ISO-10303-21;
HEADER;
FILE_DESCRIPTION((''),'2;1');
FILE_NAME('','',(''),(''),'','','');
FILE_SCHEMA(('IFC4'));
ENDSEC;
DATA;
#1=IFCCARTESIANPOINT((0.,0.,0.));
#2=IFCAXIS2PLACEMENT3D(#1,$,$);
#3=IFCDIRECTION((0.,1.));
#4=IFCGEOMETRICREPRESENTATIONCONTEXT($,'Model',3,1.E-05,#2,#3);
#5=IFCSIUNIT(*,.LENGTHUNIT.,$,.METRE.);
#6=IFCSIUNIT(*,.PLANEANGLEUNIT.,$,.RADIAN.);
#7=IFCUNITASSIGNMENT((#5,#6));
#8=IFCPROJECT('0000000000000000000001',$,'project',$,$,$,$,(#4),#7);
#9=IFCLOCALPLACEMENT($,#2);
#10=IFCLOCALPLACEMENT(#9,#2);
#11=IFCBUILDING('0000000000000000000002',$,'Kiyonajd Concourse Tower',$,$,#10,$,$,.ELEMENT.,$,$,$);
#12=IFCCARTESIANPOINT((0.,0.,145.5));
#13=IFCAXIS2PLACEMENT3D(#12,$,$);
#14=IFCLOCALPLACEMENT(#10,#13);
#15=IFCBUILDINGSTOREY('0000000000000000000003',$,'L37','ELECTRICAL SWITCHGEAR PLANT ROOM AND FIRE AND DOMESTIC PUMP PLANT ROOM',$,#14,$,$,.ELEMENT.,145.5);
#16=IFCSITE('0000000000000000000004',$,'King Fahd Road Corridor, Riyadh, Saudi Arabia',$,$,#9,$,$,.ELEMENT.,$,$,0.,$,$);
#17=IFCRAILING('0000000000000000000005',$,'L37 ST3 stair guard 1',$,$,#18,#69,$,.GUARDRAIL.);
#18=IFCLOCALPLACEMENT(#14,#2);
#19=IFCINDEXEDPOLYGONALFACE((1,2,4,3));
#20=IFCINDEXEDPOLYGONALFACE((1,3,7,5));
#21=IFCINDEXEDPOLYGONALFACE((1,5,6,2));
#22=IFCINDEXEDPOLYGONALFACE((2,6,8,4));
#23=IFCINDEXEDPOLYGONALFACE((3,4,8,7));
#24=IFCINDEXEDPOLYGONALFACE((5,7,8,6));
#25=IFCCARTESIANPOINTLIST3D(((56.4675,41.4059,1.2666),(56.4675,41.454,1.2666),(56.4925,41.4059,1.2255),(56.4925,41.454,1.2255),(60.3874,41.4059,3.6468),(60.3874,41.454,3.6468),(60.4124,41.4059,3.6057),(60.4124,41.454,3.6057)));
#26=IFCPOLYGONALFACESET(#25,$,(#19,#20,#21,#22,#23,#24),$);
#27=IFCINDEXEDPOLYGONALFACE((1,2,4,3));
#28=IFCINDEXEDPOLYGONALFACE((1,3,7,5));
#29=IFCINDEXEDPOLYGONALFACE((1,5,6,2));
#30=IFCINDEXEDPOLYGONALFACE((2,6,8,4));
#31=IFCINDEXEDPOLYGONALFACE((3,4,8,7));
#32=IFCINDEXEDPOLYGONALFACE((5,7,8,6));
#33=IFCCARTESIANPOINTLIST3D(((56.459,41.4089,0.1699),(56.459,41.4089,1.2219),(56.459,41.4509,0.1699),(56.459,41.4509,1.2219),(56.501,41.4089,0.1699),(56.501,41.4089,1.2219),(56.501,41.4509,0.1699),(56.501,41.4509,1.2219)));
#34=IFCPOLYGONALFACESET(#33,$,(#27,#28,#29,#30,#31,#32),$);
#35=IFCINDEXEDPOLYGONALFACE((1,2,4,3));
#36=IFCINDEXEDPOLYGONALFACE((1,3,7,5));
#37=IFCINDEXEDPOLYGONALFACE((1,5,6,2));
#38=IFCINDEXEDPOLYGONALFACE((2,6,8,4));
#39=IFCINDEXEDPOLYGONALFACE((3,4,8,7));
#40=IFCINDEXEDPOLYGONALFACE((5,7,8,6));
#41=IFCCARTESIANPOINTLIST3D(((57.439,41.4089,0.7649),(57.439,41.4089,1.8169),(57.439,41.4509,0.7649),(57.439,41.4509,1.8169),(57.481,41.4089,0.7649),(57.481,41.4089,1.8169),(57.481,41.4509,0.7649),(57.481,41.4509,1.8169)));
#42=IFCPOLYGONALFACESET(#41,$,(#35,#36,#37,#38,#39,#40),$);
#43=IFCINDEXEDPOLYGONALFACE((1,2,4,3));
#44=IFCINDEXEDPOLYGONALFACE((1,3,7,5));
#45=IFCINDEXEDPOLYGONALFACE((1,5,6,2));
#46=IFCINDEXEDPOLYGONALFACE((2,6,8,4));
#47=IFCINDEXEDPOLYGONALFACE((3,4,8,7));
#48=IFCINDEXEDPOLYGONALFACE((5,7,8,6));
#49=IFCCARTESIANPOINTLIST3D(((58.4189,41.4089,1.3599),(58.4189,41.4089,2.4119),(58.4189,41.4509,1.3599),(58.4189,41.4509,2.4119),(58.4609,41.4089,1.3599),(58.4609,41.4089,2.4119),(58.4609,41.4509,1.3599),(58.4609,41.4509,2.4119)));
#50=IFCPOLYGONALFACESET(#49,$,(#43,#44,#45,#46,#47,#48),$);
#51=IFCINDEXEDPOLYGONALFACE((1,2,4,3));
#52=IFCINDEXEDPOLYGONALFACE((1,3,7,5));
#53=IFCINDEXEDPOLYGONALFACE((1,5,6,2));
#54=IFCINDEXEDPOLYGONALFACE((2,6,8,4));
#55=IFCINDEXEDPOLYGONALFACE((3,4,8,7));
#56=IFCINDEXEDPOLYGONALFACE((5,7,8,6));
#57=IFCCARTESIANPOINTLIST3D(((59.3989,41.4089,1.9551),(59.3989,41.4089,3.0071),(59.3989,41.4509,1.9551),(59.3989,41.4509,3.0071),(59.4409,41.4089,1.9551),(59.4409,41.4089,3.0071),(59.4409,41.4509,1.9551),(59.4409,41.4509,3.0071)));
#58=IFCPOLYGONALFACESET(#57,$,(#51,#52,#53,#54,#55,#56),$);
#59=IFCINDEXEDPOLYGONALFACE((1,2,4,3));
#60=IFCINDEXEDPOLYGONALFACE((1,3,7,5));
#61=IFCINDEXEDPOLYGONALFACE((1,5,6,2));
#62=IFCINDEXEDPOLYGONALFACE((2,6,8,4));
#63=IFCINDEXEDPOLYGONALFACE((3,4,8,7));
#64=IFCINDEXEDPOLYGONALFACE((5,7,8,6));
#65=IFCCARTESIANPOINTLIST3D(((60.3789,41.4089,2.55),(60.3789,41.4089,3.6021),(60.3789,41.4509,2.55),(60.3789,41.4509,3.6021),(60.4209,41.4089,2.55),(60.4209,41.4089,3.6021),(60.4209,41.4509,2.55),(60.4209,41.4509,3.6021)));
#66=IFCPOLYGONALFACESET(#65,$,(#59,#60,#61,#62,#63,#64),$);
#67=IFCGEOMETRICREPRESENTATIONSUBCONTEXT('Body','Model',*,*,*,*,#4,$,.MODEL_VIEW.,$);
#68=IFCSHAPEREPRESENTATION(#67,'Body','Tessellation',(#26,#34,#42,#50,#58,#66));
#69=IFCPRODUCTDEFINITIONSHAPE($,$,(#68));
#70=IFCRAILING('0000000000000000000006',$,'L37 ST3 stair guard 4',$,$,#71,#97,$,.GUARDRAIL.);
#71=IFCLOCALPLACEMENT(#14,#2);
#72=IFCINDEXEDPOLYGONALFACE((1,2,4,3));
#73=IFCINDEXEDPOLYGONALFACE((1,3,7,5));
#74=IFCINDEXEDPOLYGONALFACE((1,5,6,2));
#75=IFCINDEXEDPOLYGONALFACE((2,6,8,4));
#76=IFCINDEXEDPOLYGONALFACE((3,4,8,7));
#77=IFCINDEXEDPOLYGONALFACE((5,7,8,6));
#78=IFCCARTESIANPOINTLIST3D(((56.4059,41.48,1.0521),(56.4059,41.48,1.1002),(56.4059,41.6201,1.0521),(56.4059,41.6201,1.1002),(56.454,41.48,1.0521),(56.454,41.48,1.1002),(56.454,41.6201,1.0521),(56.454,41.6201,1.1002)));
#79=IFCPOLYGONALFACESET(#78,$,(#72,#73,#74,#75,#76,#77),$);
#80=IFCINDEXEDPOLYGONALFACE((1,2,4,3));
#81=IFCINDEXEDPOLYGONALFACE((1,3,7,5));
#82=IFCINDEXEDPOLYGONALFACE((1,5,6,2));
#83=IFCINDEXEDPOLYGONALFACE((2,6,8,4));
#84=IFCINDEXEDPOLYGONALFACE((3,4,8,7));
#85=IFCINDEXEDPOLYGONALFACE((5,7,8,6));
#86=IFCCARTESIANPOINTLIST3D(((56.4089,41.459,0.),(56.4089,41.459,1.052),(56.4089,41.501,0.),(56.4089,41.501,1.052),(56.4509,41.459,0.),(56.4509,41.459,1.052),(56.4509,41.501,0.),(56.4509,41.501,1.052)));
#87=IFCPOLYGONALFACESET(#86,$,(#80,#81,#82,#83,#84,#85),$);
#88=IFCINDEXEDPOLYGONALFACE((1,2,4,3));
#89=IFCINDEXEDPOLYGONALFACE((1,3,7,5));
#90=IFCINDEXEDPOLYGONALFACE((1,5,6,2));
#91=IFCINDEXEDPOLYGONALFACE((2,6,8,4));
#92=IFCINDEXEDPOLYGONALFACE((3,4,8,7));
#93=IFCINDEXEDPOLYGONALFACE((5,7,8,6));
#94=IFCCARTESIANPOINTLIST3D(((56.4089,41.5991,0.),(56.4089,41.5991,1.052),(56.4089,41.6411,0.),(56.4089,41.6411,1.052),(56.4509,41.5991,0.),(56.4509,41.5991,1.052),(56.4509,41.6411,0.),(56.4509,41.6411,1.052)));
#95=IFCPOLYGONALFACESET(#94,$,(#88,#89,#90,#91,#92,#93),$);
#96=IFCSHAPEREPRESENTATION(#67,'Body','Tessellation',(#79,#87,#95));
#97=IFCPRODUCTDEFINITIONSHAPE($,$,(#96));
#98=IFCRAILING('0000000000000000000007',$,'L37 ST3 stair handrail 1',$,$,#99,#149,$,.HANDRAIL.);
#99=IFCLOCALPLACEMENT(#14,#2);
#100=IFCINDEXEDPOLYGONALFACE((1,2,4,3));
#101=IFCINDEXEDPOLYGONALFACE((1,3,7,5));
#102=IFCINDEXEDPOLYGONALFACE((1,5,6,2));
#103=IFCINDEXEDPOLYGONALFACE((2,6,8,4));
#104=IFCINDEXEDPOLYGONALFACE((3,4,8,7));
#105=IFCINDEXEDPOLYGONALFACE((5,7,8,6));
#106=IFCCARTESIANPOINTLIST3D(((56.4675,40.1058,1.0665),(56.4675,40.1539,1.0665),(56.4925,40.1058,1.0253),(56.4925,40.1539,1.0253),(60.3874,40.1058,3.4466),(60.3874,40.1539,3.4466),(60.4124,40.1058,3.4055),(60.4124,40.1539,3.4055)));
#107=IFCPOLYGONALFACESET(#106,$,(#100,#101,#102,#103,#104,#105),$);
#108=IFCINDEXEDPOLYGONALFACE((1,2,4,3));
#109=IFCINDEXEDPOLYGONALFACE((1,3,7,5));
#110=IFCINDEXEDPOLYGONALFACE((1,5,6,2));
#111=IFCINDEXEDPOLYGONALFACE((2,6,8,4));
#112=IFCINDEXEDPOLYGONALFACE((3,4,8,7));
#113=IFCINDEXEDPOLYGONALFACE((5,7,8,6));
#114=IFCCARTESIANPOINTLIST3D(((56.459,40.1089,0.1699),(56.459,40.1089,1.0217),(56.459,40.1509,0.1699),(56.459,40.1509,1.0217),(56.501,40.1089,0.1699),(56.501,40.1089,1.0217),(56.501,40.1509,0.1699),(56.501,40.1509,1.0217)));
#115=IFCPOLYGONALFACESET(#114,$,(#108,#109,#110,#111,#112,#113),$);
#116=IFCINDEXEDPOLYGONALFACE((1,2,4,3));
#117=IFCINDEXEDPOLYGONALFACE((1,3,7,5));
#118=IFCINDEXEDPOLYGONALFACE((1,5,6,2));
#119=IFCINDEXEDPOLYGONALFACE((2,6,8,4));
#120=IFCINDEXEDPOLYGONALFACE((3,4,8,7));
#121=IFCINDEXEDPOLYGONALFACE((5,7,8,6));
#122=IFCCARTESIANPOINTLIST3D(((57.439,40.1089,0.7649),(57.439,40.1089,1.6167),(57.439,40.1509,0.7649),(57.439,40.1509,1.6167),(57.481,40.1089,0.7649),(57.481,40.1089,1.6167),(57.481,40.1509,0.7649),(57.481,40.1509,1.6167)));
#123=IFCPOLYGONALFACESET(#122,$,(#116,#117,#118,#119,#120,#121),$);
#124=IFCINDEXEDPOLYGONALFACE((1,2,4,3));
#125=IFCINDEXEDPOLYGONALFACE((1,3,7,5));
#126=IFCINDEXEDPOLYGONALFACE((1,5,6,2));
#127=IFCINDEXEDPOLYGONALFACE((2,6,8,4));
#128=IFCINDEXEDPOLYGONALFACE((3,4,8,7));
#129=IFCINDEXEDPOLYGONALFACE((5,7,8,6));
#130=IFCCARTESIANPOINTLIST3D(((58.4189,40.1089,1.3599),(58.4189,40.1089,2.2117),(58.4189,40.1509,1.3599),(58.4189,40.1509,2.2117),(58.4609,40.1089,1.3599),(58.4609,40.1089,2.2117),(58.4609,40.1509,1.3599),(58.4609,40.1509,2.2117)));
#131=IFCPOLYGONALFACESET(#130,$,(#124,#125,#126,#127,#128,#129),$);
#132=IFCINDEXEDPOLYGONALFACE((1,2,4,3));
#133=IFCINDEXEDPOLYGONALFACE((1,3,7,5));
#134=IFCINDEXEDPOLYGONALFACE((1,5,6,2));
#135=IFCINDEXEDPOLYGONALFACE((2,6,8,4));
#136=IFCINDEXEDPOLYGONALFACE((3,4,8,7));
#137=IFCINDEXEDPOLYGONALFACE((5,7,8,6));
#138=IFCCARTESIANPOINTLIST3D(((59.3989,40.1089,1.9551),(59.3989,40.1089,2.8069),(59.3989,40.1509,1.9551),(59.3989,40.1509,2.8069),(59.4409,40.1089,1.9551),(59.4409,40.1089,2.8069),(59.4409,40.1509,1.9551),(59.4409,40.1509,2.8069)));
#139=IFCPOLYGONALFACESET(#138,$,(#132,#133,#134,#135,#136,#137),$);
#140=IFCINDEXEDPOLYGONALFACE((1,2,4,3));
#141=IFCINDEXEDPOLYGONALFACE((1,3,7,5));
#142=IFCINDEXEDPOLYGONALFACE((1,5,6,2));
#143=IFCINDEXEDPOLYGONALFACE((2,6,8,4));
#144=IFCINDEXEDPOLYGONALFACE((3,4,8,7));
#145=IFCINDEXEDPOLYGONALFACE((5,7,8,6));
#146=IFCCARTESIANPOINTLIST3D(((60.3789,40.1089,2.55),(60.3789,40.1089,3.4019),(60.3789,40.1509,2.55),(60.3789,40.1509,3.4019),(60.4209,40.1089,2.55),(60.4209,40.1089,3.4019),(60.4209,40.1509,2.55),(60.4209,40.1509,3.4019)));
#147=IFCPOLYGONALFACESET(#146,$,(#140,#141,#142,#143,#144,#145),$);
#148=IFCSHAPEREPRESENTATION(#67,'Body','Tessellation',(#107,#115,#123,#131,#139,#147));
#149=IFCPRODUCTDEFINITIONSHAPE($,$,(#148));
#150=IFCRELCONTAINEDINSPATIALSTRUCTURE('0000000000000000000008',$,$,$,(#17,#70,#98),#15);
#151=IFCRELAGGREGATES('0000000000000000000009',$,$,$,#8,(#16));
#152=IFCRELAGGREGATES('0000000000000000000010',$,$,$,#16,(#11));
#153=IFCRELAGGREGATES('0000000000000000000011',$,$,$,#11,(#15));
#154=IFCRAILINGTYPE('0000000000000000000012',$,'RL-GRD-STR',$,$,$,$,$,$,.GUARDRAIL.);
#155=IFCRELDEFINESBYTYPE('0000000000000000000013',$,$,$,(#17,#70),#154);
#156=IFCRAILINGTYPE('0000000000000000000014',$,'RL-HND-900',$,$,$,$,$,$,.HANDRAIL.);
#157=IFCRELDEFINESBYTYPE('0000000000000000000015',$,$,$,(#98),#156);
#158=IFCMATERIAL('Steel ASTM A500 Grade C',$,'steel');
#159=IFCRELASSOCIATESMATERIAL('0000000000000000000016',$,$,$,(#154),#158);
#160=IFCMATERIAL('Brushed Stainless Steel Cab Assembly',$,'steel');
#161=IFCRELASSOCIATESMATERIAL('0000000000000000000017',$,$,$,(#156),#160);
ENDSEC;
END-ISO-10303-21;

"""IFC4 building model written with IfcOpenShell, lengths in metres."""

from ifc_helpers import new_model, si_unit, direction, frame, origin, origin_2d, place, context, subcontext, project, spatial, rectangle, extrude, material, type_object, element, save


model = new_model("IFC4")

# Units and contexts
model_context = context("Model", 3, precision=1e-05, world=origin(), true_north=direction((0.0, 1.0)))
body_context = subcontext(model_context, "Body", "Model", "MODEL_VIEW")
ifc_project = project(units=[si_unit("LENGTHUNIT", "METRE"), si_unit("PLANEANGLEUNIT", "RADIAN")], contexts=[model_context])

# Site, building, storey
site_placement = place(None, origin())
site = spatial("IfcSite", under=ifc_project, at=site_placement, Name="King Fahd Road Corridor, Riyadh, Saudi Arabia", CompositionType="ELEMENT", RefElevation=0.0)
building_placement = place(site_placement, origin())
building = spatial("IfcBuilding", under=site, at=building_placement, Name="Kiyonajd Concourse Tower", CompositionType="ELEMENT")
storey_placement = place(building_placement, frame((0.0, 0.0, 145.5)))
storey = spatial("IfcBuildingStorey", under=building, at=storey_placement, Name="L37", Description="ELECTRICAL SWITCHGEAR PLANT ROOM AND FIRE AND DOMESTIC PUMP PLANT ROOM", CompositionType="ELEMENT", Elevation=145.5)

# Shared definitions
ifc_material_1 = material(Name="Brushed Stainless Steel Cab Assembly", Category="steel")

# Railings
ifc_material_2 = material(Name="Steel ASTM A500 Grade C", Category="steel")
railing_type_1 = type_object("IfcRailingType", Name="RL-GRD-STR", PredefinedType="GUARDRAIL", material=ifc_material_2)
railing_1_placement = place(storey_placement, frame((56.48, 41.4299, 0.1699)))
element("IfcRailing", 1, at=railing_1_placement, inside=storey, type_object=railing_type_1, Name="L37 ST3 stair guard 1", PredefinedType="GUARDRAIL", context=body_context, shape_type="SweptSolid", body=[
    extrude(rectangle(XDim=0.0481, YDim=0.0481, at=origin_2d()), frame((0.0, 0.0, 1.0762), z_axis=(0.854771, 0.0, 0.519006), x_axis=(0.0, 1.0, 0.0)), (0.0, 0.0, 1.0), 4.5859),
    extrude(rectangle(XDim=0.042, YDim=0.042, at=origin_2d()), origin(), (0.0, 0.0, 1.0), 1.052),
    extrude(rectangle(XDim=0.042, YDim=0.042, at=origin_2d()), frame((0.98, 0.0, 0.595)), (0.0, 0.0, 1.0), 1.052),
    extrude(rectangle(XDim=0.042, YDim=0.042, at=origin_2d()), frame((1.96, 0.0, 1.1899)), (0.0, 0.0, 1.0), 1.052),
    extrude(rectangle(XDim=0.042, YDim=0.042, at=origin_2d()), frame((2.9399, 0.0, 1.7852)), (0.0, 0.0, 1.0), 1.052),
    extrude(rectangle(XDim=0.042, YDim=0.042, at=origin_2d()), frame((3.9199, 0.0, 2.3801)), (0.0, 0.0, 1.0), 1.052),
])
railing_2_placement = place(storey_placement, frame((56.4299, 41.48, 0.0)))
element("IfcRailing", 2, at=railing_2_placement, inside=storey, type_object=railing_type_1, Name="L37 ST3 stair guard 4", PredefinedType="GUARDRAIL", context=body_context, shape_type="SweptSolid", body=[
    extrude(rectangle(XDim=0.0481, YDim=0.0481, at=origin_2d()), frame((0.0, 0.0, 1.0762), z_axis=(0.0, 1.0, 0.0), x_axis=(-1.0, 0.0, 0.0)), (0.0, 0.0, 1.0), 0.1401),
    extrude(rectangle(XDim=0.042, YDim=0.042, at=origin_2d()), origin(), (0.0, 0.0, 1.0), 1.052),
    extrude(rectangle(XDim=0.042, YDim=0.042, at=origin_2d()), frame((0.0, 0.1401, 0.0)), (0.0, 0.0, 1.0), 1.052),
])
railing_type_2 = type_object("IfcRailingType", Name="RL-HND-900", PredefinedType="HANDRAIL", material=ifc_material_1)
railing_3_placement = place(storey_placement, frame((56.48, 40.1299, 0.1699)))
element("IfcRailing", 3, at=railing_3_placement, inside=storey, type_object=railing_type_2, Name="L37 ST3 stair handrail 1", PredefinedType="HANDRAIL", context=body_context, shape_type="SweptSolid", body=[
    extrude(rectangle(XDim=0.0481, YDim=0.0481, at=origin_2d()), frame((0.0, 0.0, 0.876), z_axis=(0.854771, 0.0, 0.519006), x_axis=(0.0, 1.0, 0.0)), (0.0, 0.0, 1.0), 4.5859),
    extrude(rectangle(XDim=0.042, YDim=0.042, at=origin_2d()), origin(), (0.0, 0.0, 1.0), 0.8518),
    extrude(rectangle(XDim=0.042, YDim=0.042, at=origin_2d()), frame((0.98, 0.0, 0.595)), (0.0, 0.0, 1.0), 0.8518),
    extrude(rectangle(XDim=0.042, YDim=0.042, at=origin_2d()), frame((1.96, 0.0, 1.1899)), (0.0, 0.0, 1.0), 0.8518),
    extrude(rectangle(XDim=0.042, YDim=0.042, at=origin_2d()), frame((2.9399, 0.0, 1.7852)), (0.0, 0.0, 1.0), 0.8518),
    extrude(rectangle(XDim=0.042, YDim=0.042, at=origin_2d()), frame((3.9199, 0.0, 2.3801)), (0.0, 0.0, 1.0), 0.8518),
])

save(model, "model.ifc")
